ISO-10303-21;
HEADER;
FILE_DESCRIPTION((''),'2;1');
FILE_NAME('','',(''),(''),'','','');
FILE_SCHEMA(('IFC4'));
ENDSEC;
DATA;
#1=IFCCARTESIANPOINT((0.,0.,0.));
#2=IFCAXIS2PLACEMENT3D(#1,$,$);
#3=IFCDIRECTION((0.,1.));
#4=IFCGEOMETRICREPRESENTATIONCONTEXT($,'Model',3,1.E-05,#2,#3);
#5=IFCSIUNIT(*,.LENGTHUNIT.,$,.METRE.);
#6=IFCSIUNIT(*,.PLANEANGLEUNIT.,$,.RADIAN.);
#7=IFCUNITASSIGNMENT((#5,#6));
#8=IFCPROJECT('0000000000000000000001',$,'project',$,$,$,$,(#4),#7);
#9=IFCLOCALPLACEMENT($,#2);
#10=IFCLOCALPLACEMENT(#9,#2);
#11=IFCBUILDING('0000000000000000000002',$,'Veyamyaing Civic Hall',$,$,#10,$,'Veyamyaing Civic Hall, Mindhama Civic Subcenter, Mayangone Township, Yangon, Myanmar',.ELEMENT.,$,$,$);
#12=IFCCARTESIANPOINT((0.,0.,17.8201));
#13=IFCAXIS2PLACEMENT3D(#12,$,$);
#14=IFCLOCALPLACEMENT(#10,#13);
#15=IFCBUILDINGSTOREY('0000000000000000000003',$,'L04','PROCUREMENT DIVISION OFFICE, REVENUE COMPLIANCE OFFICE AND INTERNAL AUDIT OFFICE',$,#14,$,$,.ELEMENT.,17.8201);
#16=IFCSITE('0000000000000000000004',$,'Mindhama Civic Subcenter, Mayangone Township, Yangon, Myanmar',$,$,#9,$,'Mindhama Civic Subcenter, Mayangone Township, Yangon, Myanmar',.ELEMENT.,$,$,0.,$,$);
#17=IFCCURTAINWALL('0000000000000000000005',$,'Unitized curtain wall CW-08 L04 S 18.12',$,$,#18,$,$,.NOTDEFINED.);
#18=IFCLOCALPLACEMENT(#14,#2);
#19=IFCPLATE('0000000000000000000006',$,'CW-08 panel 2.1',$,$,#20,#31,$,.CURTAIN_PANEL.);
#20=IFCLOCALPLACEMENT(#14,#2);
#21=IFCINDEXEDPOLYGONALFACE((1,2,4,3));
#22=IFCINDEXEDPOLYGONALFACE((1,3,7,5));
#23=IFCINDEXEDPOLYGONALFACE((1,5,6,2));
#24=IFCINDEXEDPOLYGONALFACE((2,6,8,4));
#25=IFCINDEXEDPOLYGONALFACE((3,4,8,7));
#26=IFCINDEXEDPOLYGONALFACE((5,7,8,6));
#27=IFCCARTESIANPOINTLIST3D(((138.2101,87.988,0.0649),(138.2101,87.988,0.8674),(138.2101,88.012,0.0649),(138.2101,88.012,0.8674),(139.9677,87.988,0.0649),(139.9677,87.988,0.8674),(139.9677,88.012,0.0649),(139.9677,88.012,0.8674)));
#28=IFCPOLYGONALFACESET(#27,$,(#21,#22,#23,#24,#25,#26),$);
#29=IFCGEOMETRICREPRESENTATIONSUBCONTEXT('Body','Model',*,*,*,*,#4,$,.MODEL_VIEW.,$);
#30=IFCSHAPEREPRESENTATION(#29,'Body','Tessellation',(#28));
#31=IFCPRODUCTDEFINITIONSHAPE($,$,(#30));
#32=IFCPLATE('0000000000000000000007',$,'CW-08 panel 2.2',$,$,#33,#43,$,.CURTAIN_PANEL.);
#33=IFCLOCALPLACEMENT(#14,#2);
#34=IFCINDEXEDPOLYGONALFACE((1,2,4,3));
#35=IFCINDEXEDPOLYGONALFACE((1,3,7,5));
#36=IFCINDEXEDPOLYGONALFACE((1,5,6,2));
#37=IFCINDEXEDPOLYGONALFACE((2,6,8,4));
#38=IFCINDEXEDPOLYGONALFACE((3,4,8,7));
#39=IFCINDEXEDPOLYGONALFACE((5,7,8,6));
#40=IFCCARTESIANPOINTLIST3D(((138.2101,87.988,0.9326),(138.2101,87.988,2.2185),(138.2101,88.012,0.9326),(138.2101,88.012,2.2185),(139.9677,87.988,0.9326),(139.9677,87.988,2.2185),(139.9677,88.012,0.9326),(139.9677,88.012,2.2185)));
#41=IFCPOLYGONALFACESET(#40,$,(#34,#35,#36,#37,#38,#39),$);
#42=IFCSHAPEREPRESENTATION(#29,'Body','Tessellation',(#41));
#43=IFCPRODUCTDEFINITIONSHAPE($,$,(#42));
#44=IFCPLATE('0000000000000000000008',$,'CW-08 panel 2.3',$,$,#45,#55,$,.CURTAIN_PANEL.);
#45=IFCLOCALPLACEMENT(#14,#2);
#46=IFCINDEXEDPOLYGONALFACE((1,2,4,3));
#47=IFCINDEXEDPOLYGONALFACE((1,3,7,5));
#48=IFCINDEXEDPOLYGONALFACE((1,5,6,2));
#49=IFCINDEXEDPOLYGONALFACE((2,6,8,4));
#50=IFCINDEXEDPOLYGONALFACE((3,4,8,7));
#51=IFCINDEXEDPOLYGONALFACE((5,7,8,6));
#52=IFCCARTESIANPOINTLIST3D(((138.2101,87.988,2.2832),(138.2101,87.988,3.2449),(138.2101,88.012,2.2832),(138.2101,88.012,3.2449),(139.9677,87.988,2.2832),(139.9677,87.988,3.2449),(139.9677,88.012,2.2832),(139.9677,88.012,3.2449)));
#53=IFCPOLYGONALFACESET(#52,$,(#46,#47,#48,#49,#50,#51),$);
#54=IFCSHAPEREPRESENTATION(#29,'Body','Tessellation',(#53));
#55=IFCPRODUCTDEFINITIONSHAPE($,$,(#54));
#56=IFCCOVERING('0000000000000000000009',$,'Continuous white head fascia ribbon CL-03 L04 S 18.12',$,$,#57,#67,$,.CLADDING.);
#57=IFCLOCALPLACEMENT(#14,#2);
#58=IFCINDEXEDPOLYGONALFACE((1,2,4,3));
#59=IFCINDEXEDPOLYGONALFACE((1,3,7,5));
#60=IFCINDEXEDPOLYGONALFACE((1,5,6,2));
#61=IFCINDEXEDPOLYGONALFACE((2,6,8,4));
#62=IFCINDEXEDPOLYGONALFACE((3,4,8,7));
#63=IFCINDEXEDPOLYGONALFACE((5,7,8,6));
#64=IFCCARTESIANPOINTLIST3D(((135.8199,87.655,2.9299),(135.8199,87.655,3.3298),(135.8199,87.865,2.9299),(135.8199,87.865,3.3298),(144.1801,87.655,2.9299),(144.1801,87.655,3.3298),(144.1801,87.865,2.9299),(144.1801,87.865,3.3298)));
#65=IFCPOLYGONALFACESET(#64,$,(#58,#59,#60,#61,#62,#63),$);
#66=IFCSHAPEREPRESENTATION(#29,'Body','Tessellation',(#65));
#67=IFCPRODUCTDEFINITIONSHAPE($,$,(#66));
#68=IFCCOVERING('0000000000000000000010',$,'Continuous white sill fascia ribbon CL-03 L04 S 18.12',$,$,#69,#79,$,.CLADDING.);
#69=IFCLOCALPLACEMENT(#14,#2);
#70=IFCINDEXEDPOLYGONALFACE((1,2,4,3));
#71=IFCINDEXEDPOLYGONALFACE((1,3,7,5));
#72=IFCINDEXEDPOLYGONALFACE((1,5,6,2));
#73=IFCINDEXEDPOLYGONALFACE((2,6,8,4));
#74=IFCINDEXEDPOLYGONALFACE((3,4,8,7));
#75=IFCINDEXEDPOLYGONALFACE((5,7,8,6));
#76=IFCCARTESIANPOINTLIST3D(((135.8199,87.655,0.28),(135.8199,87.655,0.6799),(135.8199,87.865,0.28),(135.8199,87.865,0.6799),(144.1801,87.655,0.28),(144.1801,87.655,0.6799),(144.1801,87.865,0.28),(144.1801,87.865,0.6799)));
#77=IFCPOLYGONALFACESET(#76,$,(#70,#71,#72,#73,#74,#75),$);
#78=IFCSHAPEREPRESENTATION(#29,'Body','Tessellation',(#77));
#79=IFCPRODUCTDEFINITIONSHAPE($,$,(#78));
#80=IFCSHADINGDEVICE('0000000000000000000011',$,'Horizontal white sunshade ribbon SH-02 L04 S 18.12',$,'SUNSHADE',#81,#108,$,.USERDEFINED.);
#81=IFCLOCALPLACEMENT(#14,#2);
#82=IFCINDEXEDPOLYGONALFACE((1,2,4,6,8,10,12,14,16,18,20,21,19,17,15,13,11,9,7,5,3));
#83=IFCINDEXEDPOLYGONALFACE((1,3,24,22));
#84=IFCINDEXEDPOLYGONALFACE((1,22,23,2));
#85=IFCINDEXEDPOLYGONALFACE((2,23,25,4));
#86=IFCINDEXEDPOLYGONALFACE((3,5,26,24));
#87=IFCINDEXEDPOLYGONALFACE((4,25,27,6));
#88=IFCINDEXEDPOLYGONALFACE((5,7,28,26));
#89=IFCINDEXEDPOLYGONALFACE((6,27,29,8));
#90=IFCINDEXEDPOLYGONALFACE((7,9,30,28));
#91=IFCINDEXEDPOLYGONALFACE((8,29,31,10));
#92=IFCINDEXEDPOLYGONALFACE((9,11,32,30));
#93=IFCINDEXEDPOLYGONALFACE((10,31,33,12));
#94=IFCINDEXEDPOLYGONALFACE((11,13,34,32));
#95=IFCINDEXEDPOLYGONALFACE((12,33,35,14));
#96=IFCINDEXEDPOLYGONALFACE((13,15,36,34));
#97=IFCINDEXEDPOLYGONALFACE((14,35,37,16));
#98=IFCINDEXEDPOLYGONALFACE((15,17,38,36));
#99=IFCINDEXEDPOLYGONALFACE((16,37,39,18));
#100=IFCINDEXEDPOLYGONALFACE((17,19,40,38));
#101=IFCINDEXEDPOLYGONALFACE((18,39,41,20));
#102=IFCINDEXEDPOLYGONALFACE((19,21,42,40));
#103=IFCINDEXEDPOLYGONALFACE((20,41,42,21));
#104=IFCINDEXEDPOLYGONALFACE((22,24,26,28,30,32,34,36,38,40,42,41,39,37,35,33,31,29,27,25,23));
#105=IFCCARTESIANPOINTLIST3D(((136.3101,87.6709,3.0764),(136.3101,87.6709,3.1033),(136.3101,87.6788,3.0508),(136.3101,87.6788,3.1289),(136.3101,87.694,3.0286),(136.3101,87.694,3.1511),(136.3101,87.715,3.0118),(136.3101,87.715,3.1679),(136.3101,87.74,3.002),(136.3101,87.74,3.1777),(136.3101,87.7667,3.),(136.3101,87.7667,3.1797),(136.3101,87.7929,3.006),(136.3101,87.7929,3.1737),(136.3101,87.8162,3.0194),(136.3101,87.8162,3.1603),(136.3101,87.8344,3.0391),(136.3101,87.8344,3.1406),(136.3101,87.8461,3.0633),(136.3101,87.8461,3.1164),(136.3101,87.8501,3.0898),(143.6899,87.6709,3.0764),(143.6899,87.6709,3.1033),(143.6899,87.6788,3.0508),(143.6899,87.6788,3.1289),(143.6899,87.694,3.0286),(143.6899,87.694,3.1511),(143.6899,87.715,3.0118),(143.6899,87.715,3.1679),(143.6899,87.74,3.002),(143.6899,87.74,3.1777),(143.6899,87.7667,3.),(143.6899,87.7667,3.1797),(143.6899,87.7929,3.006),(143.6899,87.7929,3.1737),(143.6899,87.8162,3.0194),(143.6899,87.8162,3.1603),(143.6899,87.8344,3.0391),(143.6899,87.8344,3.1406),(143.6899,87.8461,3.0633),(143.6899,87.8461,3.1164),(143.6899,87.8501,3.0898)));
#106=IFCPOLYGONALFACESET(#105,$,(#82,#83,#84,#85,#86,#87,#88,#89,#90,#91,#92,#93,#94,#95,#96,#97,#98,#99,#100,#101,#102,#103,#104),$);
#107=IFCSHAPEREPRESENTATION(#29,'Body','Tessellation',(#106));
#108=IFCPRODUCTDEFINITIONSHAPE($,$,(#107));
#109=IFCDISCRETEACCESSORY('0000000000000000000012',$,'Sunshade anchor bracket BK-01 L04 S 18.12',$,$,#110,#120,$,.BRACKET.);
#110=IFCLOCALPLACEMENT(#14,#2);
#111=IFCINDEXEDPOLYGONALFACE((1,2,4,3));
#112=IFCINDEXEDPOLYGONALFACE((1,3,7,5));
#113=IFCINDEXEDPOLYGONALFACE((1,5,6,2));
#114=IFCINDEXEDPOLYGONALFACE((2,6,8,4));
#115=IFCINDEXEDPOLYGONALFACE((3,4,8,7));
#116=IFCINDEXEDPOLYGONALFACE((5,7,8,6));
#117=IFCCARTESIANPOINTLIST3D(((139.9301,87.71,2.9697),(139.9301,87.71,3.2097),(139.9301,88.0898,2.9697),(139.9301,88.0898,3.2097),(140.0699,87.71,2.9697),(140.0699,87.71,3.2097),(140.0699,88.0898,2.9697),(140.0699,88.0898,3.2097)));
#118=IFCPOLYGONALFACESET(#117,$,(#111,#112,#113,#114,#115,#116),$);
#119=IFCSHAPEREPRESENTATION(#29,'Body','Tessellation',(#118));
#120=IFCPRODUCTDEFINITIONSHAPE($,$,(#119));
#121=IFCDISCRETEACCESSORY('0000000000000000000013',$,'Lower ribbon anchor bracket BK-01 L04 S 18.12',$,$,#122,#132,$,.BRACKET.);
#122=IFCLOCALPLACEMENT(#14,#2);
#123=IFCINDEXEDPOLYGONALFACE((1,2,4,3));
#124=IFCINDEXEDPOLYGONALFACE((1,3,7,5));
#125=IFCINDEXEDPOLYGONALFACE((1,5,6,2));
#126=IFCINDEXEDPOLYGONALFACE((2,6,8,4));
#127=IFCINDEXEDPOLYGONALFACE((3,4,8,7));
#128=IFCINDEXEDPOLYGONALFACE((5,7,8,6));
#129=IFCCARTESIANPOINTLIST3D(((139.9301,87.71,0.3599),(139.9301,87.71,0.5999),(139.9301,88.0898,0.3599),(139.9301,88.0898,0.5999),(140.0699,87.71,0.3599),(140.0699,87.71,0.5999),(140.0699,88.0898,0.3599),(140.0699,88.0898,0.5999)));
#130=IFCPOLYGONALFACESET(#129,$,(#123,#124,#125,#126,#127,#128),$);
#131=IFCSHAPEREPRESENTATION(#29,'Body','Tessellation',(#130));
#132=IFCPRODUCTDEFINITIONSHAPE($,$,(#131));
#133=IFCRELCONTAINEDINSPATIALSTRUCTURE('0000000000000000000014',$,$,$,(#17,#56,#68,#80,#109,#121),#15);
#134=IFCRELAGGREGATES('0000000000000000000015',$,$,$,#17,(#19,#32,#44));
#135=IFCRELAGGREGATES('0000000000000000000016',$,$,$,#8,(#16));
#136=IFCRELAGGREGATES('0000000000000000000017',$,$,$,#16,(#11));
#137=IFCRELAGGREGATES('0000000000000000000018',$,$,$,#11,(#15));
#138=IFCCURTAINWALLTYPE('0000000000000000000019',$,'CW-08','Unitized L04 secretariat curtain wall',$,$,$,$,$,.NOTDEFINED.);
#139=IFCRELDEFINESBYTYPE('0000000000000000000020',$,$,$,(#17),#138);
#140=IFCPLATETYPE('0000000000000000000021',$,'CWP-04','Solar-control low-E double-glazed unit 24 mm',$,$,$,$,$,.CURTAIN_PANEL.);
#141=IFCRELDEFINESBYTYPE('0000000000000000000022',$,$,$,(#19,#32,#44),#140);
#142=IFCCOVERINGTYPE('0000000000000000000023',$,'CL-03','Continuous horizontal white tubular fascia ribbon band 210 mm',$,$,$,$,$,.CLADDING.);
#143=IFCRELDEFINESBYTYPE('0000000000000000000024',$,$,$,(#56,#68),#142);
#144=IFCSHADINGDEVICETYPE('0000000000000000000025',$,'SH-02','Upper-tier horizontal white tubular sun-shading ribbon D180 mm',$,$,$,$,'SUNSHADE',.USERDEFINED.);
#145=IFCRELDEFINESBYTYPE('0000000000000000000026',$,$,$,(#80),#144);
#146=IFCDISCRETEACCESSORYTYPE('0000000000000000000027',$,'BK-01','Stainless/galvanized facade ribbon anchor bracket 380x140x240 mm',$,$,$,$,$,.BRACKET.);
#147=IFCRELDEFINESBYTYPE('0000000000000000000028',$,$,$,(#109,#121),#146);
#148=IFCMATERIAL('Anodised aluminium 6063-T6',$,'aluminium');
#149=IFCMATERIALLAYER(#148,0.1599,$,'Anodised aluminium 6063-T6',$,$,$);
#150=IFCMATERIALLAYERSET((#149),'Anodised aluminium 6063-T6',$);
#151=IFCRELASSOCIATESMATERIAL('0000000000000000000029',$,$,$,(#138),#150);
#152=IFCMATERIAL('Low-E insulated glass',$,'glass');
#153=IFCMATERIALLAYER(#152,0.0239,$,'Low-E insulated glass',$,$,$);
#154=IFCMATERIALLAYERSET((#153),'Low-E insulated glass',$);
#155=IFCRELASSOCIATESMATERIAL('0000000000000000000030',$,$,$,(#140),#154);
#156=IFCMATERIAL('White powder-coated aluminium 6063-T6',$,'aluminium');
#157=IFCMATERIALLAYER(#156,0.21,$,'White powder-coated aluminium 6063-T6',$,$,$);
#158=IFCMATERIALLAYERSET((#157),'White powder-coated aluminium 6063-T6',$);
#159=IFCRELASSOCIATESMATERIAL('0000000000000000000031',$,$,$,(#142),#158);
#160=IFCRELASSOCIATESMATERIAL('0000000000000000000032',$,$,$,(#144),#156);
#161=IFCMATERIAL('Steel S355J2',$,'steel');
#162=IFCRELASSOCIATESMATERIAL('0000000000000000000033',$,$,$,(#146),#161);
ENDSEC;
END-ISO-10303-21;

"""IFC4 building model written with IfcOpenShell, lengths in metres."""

from ifc_helpers import new_model, si_unit, direction, frame, origin, origin_2d, place, context, subcontext, project, spatial, rectangle, circle, extrude, material, layer, layer_set, material_profile, profile_set, type_object, element, aggregate, save


model = new_model("IFC4")

# Units and contexts
model_context = context("Model", 3, precision=1e-05, world=origin(), true_north=direction((0.0, 1.0)))
body_context = subcontext(model_context, "Body", "Model", "MODEL_VIEW")
ifc_project = project(units=[si_unit("LENGTHUNIT", "METRE"), si_unit("PLANEANGLEUNIT", "RADIAN")], contexts=[model_context])

# Site, building, storey
site_placement = place(None, origin())
site = spatial("IfcSite", under=ifc_project, at=site_placement, Name="Mindhama Civic Subcenter, Mayangone Township, Yangon, Myanmar", LongName="Mindhama Civic Subcenter, Mayangone Township, Yangon, Myanmar", CompositionType="ELEMENT", RefElevation=0.0)
building_placement = place(site_placement, origin())
building = spatial("IfcBuilding", under=site, at=building_placement, Name="Veyamyaing Civic Hall", LongName="Veyamyaing Civic Hall, Mindhama Civic Subcenter, Mayangone Township, Yangon, Myanmar", CompositionType="ELEMENT")
storey_placement = place(building_placement, frame((0.0, 0.0, 17.8201)))
storey = spatial("IfcBuildingStorey", under=building, at=storey_placement, Name="L04", Description="PROCUREMENT DIVISION OFFICE, REVENUE COMPLIANCE OFFICE AND INTERNAL AUDIT OFFICE", CompositionType="ELEMENT", Elevation=17.8201)

# Curtain wall
ifc_material_1 = material(Name="Anodised aluminium 6063-T6", Category="aluminium")
ifc_layer_1 = layer(ifc_material_1, 0.1599, Name="Anodised aluminium 6063-T6")
ifc_layer_set_1 = layer_set([ifc_layer_1], Name="Anodised aluminium 6063-T6")
curtain_wall_type = type_object("IfcCurtainWallType", Name="CW-08", Description="Unitized L04 secretariat curtain wall", PredefinedType="NOTDEFINED", material=ifc_layer_set_1)
curtain_wall_placement = place(storey_placement, origin())
curtain_wall = element("IfcCurtainWall", 1, at=curtain_wall_placement, inside=storey, type_object=curtain_wall_type, Name="Unitized curtain wall CW-08 L04 S 18.12", PredefinedType="NOTDEFINED")

# Plates
ifc_material_2 = material(Name="Low-E insulated glass", Category="glass")
ifc_layer_2 = layer(ifc_material_2, 0.0239, Name="Low-E insulated glass")
ifc_layer_set_2 = layer_set([ifc_layer_2], Name="Low-E insulated glass")
plate_type = type_object("IfcPlateType", Name="CWP-04", Description="Solar-control low-E double-glazed unit 24 mm", PredefinedType="CURTAIN_PANEL", material=ifc_layer_set_2)
plate_1_placement = place(storey_placement, frame((139.0889, 88.0, 0.0649), z_axis=(0.0, 0.0, 1.0), x_axis=(1.0, 0.0, 0.0)))
plate_1 = element("IfcPlate", 2, at=plate_1_placement, type_object=plate_type, Name="CW-08 panel 2.1", PredefinedType="CURTAIN_PANEL", context=body_context, shape_type="SweptSolid", body=[
    extrude(rectangle(XDim=1.7576, YDim=0.0239, at=origin_2d()), origin(), (0.0, 0.0, 1.0), 0.8025),
])
plate_2_placement = place(storey_placement, frame((139.0889, 88.0, 0.9326), z_axis=(0.0, 0.0, 1.0), x_axis=(1.0, 0.0, 0.0)))
plate_2 = element("IfcPlate", 3, at=plate_2_placement, type_object=plate_type, Name="CW-08 panel 2.2", PredefinedType="CURTAIN_PANEL", context=body_context, shape_type="SweptSolid", body=[
    extrude(rectangle(XDim=1.7576, YDim=0.0239, at=origin_2d()), origin(), (0.0, 0.0, 1.0), 1.2859),
])
plate_3_placement = place(storey_placement, frame((139.0889, 88.0, 2.2832), z_axis=(0.0, 0.0, 1.0), x_axis=(1.0, 0.0, 0.0)))
plate_3 = element("IfcPlate", 4, at=plate_3_placement, type_object=plate_type, Name="CW-08 panel 2.3", PredefinedType="CURTAIN_PANEL", context=body_context, shape_type="SweptSolid", body=[
    extrude(rectangle(XDim=1.7576, YDim=0.0239, at=origin_2d()), origin(), (0.0, 0.0, 1.0), 0.9617),
])
aggregate(curtain_wall, [plate_1, plate_2, plate_3])

# Coverings
ifc_material_3 = material(Name="White powder-coated aluminium 6063-T6", Category="aluminium")
ifc_layer_3 = layer(ifc_material_3, 0.21, Name="White powder-coated aluminium 6063-T6")
ifc_layer_set_3 = layer_set([ifc_layer_3], Name="White powder-coated aluminium 6063-T6")
covering_type = type_object("IfcCoveringType", Name="CL-03", Description="Continuous horizontal white tubular fascia ribbon band 210 mm", PredefinedType="CLADDING", material=ifc_layer_set_3)
for number, where, z_axis, x_axis, name in (
    (5, (140.0, 87.76, 2.9299), (0.0, 0.0, 1.0), (1.0, 0.0, 0.0), "Continuous white head fascia ribbon CL-03 L04 S 18.12"),
    (6, (140.0, 87.76, 0.28), (0.0, 0.0, 1.0), (1.0, 0.0, 0.0), "Continuous white sill fascia ribbon CL-03 L04 S 18.12"),
):
    element("IfcCovering", number, at=place(storey_placement, frame(where, z_axis=z_axis, x_axis=x_axis)), inside=storey, type_object=covering_type, Name=name, PredefinedType="CLADDING", context=body_context, shape_type="SweptSolid", body=[
        extrude(rectangle(XDim=8.3601, YDim=0.21, at=origin_2d()), origin(), (0.0, 0.0, 1.0), 0.3999),
    ])

# Shading device
ifc_material_profile_1 = material_profile(ifc_material_3, circle(Radius=0.0901, at=origin_2d()), Name="SHADE-TUBE-180")
ifc_profile_set_1 = profile_set([ifc_material_profile_1], Name="White powder-coated aluminium 6063-T6")
shading_device_type = type_object("IfcShadingDeviceType", Name="SH-02", Description="Upper-tier horizontal white tubular sun-shading ribbon D180 mm", ElementType="SUNSHADE", PredefinedType="USERDEFINED", material=ifc_profile_set_1)
shading_device_placement = place(storey_placement, frame((136.3101, 87.76, 3.0898), z_axis=(1.0, 0.0, 0.0), x_axis=(0.0, 1.0, 0.0)))
element("IfcShadingDevice", 7, at=shading_device_placement, inside=storey, type_object=shading_device_type, Name="Horizontal white sunshade ribbon SH-02 L04 S 18.12", ObjectType="SUNSHADE", PredefinedType="USERDEFINED", context=body_context, shape_type="SweptSolid", body=[
    extrude(circle(Radius=0.0901, at=origin_2d()), origin(), (0.0, 0.0, 1.0), 7.3799),
])

# Discrete accessories
ifc_material_4 = material(Name="Steel S355J2", Category="steel")
discrete_accessory_type = type_object("IfcDiscreteAccessoryType", Name="BK-01", Description="Stainless/galvanized facade ribbon anchor bracket 380x140x240 mm", PredefinedType="BRACKET", material=ifc_material_4)
for number, where, z_axis, x_axis, name in (
    (8, (140.0, 87.8999, 2.9697), (0.0, 0.0, 1.0), (0.0, -1.0, 0.0), "Sunshade anchor bracket BK-01 L04 S 18.12"),
    (9, (140.0, 87.8999, 0.3599), (0.0, 0.0, 1.0), (0.0, -1.0, 0.0), "Lower ribbon anchor bracket BK-01 L04 S 18.12"),
):
    element("IfcDiscreteAccessory", number, at=place(storey_placement, frame(where, z_axis=z_axis, x_axis=x_axis)), inside=storey, type_object=discrete_accessory_type, Name=name, PredefinedType="BRACKET", context=body_context, shape_type="SweptSolid", body=[
        extrude(rectangle(XDim=0.3799, YDim=0.1399, at=origin_2d()), origin(), (0.0, 0.0, 1.0), 0.24),
    ])

save(model, "model.ifc")
